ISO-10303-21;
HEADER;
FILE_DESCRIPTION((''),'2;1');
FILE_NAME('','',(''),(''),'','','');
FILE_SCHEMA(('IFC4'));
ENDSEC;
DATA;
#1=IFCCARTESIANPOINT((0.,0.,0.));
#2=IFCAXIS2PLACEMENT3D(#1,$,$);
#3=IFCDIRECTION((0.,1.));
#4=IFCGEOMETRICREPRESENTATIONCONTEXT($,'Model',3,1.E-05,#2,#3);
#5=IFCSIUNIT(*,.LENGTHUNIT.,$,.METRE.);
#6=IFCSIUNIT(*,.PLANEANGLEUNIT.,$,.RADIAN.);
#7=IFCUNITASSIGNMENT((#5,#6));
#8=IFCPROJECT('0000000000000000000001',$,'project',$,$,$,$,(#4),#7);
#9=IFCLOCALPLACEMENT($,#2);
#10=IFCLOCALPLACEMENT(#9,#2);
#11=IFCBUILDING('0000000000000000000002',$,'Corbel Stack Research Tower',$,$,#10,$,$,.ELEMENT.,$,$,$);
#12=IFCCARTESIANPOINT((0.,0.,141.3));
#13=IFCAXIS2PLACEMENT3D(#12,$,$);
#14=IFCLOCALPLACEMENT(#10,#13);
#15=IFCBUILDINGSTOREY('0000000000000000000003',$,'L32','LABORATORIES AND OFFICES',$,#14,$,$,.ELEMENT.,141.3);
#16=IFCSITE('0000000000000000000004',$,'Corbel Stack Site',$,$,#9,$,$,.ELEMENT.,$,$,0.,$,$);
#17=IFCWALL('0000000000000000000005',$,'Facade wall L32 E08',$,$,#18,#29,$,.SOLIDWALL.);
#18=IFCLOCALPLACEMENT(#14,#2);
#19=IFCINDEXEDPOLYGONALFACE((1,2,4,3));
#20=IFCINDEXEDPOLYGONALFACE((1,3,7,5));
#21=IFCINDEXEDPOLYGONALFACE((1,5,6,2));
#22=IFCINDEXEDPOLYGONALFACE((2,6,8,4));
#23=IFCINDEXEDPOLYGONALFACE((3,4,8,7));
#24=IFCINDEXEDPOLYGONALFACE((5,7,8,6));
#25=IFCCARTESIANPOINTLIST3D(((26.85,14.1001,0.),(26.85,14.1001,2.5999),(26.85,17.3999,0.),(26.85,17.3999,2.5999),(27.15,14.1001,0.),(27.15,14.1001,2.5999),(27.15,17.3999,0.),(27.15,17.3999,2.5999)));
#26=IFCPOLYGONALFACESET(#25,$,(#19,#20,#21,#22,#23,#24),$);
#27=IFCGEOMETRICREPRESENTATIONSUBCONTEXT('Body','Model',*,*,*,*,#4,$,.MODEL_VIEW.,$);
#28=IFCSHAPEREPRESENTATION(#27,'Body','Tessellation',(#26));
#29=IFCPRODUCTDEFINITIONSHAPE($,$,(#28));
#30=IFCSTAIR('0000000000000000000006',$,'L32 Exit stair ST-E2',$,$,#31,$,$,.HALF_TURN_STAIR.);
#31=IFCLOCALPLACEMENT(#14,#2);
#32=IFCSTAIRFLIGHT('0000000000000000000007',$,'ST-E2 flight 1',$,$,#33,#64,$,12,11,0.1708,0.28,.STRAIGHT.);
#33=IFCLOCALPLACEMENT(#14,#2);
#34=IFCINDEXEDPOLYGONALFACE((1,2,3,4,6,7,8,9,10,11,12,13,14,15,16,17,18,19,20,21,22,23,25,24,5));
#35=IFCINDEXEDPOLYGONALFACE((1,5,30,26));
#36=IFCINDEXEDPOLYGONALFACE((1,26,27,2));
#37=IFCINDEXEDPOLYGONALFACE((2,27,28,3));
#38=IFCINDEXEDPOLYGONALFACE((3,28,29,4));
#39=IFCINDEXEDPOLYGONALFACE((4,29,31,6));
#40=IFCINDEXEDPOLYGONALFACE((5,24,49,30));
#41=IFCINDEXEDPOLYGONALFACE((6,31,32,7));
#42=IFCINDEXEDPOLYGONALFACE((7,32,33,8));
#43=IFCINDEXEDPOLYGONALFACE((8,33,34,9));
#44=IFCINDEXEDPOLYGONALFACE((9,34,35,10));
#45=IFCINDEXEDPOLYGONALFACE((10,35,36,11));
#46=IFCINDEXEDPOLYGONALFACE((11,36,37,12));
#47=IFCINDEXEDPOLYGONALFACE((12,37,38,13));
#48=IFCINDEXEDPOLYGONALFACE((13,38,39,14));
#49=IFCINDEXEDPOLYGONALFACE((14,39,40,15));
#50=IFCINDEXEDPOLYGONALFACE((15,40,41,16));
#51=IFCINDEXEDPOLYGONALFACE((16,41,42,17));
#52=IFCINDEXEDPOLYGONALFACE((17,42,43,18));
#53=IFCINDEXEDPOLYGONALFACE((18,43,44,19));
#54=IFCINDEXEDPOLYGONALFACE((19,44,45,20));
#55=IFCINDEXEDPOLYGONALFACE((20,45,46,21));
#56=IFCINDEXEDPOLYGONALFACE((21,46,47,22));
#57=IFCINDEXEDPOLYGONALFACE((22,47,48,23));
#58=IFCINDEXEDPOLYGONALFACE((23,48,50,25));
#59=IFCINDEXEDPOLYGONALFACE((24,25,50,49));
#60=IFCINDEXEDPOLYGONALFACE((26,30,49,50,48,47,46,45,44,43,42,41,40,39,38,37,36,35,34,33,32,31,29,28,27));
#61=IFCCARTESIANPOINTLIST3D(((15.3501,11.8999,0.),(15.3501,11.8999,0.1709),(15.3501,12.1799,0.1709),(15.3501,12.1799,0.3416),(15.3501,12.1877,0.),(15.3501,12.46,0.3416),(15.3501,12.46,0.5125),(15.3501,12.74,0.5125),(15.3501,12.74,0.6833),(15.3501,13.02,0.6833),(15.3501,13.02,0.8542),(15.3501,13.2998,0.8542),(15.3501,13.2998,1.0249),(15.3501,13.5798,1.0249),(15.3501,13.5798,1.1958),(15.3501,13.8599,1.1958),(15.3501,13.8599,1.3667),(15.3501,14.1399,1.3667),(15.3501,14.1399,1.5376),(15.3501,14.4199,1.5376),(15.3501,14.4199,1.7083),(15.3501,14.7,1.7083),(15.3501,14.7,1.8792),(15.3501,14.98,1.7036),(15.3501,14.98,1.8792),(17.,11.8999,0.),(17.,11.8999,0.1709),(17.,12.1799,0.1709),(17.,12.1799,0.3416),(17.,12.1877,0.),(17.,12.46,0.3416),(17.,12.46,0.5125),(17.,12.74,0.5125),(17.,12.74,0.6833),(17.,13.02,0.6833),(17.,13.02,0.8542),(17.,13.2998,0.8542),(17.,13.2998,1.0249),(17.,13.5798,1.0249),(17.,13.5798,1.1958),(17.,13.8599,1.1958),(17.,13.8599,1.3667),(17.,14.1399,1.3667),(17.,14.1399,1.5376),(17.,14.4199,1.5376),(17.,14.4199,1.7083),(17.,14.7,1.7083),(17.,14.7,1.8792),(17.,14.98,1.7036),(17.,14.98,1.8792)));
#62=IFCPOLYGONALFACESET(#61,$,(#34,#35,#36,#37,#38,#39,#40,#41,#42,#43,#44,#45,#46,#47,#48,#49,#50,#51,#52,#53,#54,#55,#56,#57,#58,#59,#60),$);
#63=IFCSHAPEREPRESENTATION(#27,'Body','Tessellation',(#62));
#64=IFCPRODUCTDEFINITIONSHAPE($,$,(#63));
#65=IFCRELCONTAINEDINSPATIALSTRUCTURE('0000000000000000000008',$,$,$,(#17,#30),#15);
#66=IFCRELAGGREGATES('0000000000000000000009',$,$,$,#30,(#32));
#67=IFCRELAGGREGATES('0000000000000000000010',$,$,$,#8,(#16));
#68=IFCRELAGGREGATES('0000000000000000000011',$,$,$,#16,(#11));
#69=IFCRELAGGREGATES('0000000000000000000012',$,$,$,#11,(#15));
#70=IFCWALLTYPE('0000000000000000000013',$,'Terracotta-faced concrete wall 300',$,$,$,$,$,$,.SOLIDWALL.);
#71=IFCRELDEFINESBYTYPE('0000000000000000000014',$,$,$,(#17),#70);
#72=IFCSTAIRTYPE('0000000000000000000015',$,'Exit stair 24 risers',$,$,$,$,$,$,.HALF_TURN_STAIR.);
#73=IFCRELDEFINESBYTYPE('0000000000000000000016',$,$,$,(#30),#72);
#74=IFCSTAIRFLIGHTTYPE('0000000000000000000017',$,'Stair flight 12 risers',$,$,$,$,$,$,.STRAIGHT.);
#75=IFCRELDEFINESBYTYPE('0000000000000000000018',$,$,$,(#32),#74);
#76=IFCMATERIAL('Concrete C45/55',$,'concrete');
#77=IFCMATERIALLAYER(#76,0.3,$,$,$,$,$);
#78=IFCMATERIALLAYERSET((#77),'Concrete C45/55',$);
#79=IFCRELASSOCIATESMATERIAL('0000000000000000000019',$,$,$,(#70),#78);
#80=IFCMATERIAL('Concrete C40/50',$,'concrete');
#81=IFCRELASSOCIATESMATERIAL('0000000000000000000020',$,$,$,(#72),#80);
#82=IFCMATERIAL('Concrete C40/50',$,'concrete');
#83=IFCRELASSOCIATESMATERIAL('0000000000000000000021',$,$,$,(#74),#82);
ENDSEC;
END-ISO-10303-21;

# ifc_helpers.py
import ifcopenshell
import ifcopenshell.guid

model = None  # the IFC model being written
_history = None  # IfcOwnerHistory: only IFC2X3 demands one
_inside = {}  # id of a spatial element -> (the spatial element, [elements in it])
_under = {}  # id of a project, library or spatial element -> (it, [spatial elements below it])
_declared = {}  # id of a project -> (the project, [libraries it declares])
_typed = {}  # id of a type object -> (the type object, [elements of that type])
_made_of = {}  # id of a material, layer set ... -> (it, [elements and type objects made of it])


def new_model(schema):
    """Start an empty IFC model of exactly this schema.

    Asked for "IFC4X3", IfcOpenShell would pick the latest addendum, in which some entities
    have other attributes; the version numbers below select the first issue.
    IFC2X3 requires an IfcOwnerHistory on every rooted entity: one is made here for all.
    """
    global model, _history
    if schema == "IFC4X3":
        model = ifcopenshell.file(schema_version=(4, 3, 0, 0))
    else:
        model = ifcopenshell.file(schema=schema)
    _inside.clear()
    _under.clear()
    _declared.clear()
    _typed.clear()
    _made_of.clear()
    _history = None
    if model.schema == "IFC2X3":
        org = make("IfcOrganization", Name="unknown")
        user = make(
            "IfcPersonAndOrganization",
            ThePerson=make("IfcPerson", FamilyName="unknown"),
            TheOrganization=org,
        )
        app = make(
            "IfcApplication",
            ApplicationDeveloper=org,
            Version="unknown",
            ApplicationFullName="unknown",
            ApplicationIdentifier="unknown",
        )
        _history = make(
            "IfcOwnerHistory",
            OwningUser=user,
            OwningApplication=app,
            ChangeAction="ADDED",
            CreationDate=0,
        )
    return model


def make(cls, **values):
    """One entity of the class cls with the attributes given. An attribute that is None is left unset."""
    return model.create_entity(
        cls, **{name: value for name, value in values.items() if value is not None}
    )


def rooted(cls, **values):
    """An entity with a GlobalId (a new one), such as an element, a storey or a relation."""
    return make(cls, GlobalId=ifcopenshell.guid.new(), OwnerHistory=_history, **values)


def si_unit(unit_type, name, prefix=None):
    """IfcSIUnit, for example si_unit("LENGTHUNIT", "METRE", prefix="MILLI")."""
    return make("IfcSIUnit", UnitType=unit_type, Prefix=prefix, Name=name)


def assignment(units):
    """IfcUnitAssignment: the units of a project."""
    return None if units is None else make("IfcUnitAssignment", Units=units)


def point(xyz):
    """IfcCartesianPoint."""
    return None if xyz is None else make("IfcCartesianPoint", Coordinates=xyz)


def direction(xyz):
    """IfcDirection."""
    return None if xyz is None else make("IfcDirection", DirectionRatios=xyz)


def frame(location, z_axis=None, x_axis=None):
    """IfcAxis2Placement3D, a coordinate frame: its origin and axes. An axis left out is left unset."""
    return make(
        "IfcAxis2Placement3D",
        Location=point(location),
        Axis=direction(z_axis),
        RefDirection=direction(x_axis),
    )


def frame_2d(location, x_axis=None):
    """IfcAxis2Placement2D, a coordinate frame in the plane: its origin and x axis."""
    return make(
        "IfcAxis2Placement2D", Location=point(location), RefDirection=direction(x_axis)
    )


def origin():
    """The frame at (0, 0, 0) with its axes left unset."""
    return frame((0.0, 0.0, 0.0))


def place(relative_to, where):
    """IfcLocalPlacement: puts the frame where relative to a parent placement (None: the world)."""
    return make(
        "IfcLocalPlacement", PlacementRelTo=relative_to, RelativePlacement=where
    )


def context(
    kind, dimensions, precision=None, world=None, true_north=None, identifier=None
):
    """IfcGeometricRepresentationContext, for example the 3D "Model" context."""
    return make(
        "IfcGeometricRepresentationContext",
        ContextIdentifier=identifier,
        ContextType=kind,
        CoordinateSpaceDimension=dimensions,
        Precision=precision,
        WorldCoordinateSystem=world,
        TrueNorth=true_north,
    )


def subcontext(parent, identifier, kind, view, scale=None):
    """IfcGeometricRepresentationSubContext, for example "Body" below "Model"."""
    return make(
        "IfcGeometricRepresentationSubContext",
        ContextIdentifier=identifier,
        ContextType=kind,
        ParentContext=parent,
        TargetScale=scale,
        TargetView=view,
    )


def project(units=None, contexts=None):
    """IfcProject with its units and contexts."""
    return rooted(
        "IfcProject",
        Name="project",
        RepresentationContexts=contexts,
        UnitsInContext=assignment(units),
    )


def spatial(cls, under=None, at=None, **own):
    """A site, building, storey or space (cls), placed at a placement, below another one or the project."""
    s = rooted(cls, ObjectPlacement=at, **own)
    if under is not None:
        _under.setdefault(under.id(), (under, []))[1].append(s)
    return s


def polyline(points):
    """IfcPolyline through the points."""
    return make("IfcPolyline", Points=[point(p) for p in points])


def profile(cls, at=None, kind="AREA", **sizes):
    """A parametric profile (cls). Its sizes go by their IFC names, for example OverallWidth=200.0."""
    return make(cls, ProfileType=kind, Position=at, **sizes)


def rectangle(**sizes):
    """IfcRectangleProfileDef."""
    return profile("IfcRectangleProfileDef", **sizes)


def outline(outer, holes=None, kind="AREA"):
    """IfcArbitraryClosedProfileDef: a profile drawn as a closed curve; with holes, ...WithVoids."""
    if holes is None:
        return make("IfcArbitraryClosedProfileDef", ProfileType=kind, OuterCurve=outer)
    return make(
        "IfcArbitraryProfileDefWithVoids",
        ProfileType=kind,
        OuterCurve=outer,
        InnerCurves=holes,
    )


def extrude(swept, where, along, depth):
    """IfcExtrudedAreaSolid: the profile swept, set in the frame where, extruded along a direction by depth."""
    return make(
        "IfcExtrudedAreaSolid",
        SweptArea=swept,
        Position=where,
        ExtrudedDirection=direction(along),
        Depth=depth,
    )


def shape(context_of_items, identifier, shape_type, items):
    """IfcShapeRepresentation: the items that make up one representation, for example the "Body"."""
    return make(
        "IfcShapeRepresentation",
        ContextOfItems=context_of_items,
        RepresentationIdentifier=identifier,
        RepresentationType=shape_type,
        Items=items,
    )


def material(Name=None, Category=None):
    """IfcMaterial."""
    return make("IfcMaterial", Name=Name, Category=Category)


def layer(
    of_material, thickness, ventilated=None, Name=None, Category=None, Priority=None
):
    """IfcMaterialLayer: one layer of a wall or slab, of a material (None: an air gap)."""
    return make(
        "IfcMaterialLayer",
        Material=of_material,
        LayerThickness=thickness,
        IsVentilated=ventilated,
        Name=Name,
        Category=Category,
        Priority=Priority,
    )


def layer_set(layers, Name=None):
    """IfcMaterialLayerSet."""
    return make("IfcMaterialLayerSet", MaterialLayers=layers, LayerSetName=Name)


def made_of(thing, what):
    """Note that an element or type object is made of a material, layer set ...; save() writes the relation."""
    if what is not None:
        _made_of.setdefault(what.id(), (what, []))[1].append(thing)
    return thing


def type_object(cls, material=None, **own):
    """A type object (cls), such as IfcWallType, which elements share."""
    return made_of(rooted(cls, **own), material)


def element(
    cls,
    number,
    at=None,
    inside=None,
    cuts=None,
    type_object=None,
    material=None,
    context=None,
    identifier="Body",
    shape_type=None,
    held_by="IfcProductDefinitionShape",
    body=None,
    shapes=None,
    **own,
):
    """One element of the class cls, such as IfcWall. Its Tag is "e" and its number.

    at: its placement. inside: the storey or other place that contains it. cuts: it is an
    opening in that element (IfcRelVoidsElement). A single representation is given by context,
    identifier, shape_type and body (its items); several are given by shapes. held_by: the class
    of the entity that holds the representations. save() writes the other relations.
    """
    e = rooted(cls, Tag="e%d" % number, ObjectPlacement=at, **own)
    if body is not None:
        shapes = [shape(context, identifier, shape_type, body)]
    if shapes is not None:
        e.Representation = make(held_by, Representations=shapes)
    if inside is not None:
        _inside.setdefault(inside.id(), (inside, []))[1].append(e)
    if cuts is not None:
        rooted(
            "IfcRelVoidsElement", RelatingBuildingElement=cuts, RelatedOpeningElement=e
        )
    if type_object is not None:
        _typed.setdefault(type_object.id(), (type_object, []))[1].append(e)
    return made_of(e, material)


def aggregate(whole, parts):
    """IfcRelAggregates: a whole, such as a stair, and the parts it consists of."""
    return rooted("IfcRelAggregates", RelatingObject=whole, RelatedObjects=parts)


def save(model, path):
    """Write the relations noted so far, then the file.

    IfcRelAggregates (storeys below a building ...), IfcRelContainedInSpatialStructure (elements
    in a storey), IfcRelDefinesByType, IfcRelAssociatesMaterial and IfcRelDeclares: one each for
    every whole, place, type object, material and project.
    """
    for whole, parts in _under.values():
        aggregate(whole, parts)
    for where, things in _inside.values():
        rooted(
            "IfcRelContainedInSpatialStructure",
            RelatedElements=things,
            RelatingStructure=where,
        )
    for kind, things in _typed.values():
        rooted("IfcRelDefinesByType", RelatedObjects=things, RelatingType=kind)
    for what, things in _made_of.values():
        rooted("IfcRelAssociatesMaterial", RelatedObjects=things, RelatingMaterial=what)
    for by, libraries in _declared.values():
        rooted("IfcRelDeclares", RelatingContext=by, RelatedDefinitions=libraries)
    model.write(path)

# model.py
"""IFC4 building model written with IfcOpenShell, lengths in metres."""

from ifc_helpers import new_model, si_unit, direction, frame, frame_2d, origin, place, context, subcontext, project, spatial, polyline, rectangle, outline, extrude, material, layer, layer_set, type_object, element, aggregate, save


model = new_model("IFC4")

# Units and contexts
model_context = context("Model", 3, precision=1e-05, world=origin(), true_north=direction((0.0, 1.0)))
body_context = subcontext(model_context, "Body", "Model", "MODEL_VIEW")
ifc_project = project(units=[si_unit("LENGTHUNIT", "METRE"), si_unit("PLANEANGLEUNIT", "RADIAN")], contexts=[model_context])

# Site, building, storey
site_placement = place(None, origin())
site = spatial("IfcSite", under=ifc_project, at=site_placement, Name="Corbel Stack Site", CompositionType="ELEMENT", RefElevation=0.0)
building_placement = place(site_placement, origin())
building = spatial("IfcBuilding", under=site, at=building_placement, Name="Corbel Stack Research Tower", CompositionType="ELEMENT")
storey_placement = place(building_placement, frame((0.0, 0.0, 141.3)))
storey = spatial("IfcBuildingStorey", under=building, at=storey_placement, Name="L32", Description="LABORATORIES AND OFFICES", CompositionType="ELEMENT", Elevation=141.3)

# Wall
ifc_material_1 = material(Name="Concrete C45/55", Category="concrete")
ifc_layer_1 = layer(ifc_material_1, 0.3)
ifc_layer_set_1 = layer_set([ifc_layer_1], Name="Concrete C45/55")
wall_type_1 = type_object("IfcWallType", Name="Terracotta-faced concrete wall 300", PredefinedType="SOLIDWALL", material=ifc_layer_set_1)
for number, where, z_axis, x_axis, name in (
    (1, (27.0, 17.3999, 0.0), (0.0, 0.0, 1.0), (0.0, -1.0, 0.0), "Facade wall L32 E08"),
):
    element("IfcWall", number, at=place(storey_placement, frame(where, z_axis=z_axis, x_axis=x_axis)), inside=storey, type_object=wall_type_1, Name=name, PredefinedType="SOLIDWALL", context=body_context, shape_type="SweptSolid", body=[
        extrude(rectangle(XDim=3.2998, YDim=0.3, at=frame_2d((1.6499, 0.0))), origin(), (0.0, 0.0, 1.0), 2.5999),
    ])

# Stair, stair flight
ifc_material_2 = material(Name="Concrete C40/50", Category="concrete")
stair_type = type_object("IfcStairType", Name="Exit stair 24 risers", PredefinedType="HALF_TURN_STAIR", material=ifc_material_2)
stair_placement = place(storey_placement, origin())
stair = element("IfcStair", 2, at=stair_placement, inside=storey, type_object=stair_type, Name="L32 Exit stair ST-E2", PredefinedType="HALF_TURN_STAIR")
ifc_material_3 = material(Name="Concrete C40/50", Category="concrete")
stair_flight_type = type_object("IfcStairFlightType", Name="Stair flight 12 risers", PredefinedType="STRAIGHT", material=ifc_material_3)
stair_flight_placement = place(storey_placement, frame((16.175, 11.8999, 0.0), z_axis=(0.0, 0.0, 1.0), x_axis=(0.0, 1.0, 0.0)))
stair_flight = element("IfcStairFlight", 3, at=stair_flight_placement, type_object=stair_flight_type, Name="ST-E2 flight 1", NumberOfRisers=12, NumberOfTreads=11, PredefinedType="STRAIGHT", RiserHeight=0.1708, TreadLength=0.28, context=body_context, shape_type="SweptSolid", body=[
    extrude(outline(polyline([(0.0, 0.0), (0.0, 0.1709), (0.28, 0.1709), (0.28, 0.3416), (0.5601, 0.3416), (0.5601, 0.5125), (0.8401, 0.5125), (0.8401, 0.6833), (1.1201, 0.6833), (1.1201, 0.8542), (1.3999, 0.8542), (1.3999, 1.0249), (1.6799, 1.0249), (1.6799, 1.1958), (1.96, 1.1958), (1.96, 1.3667), (2.24, 1.3667), (2.24, 1.5376), (2.52, 1.5376), (2.52, 1.7083), (2.8, 1.7083), (2.8, 1.8792), (3.0801, 1.8792), (3.0801, 2.05), (3.0801, 1.7036), (0.2878, 0.0), (0.0, 0.0)])), frame((0.0, 0.825, 0.0), z_axis=(0.0, -1.0, 0.0), x_axis=(1.0, 0.0, 0.0)), (0.0, 0.0, 1.0), 1.6499),
])
aggregate(stair, [stair_flight])

save(model, "model.ifc")
